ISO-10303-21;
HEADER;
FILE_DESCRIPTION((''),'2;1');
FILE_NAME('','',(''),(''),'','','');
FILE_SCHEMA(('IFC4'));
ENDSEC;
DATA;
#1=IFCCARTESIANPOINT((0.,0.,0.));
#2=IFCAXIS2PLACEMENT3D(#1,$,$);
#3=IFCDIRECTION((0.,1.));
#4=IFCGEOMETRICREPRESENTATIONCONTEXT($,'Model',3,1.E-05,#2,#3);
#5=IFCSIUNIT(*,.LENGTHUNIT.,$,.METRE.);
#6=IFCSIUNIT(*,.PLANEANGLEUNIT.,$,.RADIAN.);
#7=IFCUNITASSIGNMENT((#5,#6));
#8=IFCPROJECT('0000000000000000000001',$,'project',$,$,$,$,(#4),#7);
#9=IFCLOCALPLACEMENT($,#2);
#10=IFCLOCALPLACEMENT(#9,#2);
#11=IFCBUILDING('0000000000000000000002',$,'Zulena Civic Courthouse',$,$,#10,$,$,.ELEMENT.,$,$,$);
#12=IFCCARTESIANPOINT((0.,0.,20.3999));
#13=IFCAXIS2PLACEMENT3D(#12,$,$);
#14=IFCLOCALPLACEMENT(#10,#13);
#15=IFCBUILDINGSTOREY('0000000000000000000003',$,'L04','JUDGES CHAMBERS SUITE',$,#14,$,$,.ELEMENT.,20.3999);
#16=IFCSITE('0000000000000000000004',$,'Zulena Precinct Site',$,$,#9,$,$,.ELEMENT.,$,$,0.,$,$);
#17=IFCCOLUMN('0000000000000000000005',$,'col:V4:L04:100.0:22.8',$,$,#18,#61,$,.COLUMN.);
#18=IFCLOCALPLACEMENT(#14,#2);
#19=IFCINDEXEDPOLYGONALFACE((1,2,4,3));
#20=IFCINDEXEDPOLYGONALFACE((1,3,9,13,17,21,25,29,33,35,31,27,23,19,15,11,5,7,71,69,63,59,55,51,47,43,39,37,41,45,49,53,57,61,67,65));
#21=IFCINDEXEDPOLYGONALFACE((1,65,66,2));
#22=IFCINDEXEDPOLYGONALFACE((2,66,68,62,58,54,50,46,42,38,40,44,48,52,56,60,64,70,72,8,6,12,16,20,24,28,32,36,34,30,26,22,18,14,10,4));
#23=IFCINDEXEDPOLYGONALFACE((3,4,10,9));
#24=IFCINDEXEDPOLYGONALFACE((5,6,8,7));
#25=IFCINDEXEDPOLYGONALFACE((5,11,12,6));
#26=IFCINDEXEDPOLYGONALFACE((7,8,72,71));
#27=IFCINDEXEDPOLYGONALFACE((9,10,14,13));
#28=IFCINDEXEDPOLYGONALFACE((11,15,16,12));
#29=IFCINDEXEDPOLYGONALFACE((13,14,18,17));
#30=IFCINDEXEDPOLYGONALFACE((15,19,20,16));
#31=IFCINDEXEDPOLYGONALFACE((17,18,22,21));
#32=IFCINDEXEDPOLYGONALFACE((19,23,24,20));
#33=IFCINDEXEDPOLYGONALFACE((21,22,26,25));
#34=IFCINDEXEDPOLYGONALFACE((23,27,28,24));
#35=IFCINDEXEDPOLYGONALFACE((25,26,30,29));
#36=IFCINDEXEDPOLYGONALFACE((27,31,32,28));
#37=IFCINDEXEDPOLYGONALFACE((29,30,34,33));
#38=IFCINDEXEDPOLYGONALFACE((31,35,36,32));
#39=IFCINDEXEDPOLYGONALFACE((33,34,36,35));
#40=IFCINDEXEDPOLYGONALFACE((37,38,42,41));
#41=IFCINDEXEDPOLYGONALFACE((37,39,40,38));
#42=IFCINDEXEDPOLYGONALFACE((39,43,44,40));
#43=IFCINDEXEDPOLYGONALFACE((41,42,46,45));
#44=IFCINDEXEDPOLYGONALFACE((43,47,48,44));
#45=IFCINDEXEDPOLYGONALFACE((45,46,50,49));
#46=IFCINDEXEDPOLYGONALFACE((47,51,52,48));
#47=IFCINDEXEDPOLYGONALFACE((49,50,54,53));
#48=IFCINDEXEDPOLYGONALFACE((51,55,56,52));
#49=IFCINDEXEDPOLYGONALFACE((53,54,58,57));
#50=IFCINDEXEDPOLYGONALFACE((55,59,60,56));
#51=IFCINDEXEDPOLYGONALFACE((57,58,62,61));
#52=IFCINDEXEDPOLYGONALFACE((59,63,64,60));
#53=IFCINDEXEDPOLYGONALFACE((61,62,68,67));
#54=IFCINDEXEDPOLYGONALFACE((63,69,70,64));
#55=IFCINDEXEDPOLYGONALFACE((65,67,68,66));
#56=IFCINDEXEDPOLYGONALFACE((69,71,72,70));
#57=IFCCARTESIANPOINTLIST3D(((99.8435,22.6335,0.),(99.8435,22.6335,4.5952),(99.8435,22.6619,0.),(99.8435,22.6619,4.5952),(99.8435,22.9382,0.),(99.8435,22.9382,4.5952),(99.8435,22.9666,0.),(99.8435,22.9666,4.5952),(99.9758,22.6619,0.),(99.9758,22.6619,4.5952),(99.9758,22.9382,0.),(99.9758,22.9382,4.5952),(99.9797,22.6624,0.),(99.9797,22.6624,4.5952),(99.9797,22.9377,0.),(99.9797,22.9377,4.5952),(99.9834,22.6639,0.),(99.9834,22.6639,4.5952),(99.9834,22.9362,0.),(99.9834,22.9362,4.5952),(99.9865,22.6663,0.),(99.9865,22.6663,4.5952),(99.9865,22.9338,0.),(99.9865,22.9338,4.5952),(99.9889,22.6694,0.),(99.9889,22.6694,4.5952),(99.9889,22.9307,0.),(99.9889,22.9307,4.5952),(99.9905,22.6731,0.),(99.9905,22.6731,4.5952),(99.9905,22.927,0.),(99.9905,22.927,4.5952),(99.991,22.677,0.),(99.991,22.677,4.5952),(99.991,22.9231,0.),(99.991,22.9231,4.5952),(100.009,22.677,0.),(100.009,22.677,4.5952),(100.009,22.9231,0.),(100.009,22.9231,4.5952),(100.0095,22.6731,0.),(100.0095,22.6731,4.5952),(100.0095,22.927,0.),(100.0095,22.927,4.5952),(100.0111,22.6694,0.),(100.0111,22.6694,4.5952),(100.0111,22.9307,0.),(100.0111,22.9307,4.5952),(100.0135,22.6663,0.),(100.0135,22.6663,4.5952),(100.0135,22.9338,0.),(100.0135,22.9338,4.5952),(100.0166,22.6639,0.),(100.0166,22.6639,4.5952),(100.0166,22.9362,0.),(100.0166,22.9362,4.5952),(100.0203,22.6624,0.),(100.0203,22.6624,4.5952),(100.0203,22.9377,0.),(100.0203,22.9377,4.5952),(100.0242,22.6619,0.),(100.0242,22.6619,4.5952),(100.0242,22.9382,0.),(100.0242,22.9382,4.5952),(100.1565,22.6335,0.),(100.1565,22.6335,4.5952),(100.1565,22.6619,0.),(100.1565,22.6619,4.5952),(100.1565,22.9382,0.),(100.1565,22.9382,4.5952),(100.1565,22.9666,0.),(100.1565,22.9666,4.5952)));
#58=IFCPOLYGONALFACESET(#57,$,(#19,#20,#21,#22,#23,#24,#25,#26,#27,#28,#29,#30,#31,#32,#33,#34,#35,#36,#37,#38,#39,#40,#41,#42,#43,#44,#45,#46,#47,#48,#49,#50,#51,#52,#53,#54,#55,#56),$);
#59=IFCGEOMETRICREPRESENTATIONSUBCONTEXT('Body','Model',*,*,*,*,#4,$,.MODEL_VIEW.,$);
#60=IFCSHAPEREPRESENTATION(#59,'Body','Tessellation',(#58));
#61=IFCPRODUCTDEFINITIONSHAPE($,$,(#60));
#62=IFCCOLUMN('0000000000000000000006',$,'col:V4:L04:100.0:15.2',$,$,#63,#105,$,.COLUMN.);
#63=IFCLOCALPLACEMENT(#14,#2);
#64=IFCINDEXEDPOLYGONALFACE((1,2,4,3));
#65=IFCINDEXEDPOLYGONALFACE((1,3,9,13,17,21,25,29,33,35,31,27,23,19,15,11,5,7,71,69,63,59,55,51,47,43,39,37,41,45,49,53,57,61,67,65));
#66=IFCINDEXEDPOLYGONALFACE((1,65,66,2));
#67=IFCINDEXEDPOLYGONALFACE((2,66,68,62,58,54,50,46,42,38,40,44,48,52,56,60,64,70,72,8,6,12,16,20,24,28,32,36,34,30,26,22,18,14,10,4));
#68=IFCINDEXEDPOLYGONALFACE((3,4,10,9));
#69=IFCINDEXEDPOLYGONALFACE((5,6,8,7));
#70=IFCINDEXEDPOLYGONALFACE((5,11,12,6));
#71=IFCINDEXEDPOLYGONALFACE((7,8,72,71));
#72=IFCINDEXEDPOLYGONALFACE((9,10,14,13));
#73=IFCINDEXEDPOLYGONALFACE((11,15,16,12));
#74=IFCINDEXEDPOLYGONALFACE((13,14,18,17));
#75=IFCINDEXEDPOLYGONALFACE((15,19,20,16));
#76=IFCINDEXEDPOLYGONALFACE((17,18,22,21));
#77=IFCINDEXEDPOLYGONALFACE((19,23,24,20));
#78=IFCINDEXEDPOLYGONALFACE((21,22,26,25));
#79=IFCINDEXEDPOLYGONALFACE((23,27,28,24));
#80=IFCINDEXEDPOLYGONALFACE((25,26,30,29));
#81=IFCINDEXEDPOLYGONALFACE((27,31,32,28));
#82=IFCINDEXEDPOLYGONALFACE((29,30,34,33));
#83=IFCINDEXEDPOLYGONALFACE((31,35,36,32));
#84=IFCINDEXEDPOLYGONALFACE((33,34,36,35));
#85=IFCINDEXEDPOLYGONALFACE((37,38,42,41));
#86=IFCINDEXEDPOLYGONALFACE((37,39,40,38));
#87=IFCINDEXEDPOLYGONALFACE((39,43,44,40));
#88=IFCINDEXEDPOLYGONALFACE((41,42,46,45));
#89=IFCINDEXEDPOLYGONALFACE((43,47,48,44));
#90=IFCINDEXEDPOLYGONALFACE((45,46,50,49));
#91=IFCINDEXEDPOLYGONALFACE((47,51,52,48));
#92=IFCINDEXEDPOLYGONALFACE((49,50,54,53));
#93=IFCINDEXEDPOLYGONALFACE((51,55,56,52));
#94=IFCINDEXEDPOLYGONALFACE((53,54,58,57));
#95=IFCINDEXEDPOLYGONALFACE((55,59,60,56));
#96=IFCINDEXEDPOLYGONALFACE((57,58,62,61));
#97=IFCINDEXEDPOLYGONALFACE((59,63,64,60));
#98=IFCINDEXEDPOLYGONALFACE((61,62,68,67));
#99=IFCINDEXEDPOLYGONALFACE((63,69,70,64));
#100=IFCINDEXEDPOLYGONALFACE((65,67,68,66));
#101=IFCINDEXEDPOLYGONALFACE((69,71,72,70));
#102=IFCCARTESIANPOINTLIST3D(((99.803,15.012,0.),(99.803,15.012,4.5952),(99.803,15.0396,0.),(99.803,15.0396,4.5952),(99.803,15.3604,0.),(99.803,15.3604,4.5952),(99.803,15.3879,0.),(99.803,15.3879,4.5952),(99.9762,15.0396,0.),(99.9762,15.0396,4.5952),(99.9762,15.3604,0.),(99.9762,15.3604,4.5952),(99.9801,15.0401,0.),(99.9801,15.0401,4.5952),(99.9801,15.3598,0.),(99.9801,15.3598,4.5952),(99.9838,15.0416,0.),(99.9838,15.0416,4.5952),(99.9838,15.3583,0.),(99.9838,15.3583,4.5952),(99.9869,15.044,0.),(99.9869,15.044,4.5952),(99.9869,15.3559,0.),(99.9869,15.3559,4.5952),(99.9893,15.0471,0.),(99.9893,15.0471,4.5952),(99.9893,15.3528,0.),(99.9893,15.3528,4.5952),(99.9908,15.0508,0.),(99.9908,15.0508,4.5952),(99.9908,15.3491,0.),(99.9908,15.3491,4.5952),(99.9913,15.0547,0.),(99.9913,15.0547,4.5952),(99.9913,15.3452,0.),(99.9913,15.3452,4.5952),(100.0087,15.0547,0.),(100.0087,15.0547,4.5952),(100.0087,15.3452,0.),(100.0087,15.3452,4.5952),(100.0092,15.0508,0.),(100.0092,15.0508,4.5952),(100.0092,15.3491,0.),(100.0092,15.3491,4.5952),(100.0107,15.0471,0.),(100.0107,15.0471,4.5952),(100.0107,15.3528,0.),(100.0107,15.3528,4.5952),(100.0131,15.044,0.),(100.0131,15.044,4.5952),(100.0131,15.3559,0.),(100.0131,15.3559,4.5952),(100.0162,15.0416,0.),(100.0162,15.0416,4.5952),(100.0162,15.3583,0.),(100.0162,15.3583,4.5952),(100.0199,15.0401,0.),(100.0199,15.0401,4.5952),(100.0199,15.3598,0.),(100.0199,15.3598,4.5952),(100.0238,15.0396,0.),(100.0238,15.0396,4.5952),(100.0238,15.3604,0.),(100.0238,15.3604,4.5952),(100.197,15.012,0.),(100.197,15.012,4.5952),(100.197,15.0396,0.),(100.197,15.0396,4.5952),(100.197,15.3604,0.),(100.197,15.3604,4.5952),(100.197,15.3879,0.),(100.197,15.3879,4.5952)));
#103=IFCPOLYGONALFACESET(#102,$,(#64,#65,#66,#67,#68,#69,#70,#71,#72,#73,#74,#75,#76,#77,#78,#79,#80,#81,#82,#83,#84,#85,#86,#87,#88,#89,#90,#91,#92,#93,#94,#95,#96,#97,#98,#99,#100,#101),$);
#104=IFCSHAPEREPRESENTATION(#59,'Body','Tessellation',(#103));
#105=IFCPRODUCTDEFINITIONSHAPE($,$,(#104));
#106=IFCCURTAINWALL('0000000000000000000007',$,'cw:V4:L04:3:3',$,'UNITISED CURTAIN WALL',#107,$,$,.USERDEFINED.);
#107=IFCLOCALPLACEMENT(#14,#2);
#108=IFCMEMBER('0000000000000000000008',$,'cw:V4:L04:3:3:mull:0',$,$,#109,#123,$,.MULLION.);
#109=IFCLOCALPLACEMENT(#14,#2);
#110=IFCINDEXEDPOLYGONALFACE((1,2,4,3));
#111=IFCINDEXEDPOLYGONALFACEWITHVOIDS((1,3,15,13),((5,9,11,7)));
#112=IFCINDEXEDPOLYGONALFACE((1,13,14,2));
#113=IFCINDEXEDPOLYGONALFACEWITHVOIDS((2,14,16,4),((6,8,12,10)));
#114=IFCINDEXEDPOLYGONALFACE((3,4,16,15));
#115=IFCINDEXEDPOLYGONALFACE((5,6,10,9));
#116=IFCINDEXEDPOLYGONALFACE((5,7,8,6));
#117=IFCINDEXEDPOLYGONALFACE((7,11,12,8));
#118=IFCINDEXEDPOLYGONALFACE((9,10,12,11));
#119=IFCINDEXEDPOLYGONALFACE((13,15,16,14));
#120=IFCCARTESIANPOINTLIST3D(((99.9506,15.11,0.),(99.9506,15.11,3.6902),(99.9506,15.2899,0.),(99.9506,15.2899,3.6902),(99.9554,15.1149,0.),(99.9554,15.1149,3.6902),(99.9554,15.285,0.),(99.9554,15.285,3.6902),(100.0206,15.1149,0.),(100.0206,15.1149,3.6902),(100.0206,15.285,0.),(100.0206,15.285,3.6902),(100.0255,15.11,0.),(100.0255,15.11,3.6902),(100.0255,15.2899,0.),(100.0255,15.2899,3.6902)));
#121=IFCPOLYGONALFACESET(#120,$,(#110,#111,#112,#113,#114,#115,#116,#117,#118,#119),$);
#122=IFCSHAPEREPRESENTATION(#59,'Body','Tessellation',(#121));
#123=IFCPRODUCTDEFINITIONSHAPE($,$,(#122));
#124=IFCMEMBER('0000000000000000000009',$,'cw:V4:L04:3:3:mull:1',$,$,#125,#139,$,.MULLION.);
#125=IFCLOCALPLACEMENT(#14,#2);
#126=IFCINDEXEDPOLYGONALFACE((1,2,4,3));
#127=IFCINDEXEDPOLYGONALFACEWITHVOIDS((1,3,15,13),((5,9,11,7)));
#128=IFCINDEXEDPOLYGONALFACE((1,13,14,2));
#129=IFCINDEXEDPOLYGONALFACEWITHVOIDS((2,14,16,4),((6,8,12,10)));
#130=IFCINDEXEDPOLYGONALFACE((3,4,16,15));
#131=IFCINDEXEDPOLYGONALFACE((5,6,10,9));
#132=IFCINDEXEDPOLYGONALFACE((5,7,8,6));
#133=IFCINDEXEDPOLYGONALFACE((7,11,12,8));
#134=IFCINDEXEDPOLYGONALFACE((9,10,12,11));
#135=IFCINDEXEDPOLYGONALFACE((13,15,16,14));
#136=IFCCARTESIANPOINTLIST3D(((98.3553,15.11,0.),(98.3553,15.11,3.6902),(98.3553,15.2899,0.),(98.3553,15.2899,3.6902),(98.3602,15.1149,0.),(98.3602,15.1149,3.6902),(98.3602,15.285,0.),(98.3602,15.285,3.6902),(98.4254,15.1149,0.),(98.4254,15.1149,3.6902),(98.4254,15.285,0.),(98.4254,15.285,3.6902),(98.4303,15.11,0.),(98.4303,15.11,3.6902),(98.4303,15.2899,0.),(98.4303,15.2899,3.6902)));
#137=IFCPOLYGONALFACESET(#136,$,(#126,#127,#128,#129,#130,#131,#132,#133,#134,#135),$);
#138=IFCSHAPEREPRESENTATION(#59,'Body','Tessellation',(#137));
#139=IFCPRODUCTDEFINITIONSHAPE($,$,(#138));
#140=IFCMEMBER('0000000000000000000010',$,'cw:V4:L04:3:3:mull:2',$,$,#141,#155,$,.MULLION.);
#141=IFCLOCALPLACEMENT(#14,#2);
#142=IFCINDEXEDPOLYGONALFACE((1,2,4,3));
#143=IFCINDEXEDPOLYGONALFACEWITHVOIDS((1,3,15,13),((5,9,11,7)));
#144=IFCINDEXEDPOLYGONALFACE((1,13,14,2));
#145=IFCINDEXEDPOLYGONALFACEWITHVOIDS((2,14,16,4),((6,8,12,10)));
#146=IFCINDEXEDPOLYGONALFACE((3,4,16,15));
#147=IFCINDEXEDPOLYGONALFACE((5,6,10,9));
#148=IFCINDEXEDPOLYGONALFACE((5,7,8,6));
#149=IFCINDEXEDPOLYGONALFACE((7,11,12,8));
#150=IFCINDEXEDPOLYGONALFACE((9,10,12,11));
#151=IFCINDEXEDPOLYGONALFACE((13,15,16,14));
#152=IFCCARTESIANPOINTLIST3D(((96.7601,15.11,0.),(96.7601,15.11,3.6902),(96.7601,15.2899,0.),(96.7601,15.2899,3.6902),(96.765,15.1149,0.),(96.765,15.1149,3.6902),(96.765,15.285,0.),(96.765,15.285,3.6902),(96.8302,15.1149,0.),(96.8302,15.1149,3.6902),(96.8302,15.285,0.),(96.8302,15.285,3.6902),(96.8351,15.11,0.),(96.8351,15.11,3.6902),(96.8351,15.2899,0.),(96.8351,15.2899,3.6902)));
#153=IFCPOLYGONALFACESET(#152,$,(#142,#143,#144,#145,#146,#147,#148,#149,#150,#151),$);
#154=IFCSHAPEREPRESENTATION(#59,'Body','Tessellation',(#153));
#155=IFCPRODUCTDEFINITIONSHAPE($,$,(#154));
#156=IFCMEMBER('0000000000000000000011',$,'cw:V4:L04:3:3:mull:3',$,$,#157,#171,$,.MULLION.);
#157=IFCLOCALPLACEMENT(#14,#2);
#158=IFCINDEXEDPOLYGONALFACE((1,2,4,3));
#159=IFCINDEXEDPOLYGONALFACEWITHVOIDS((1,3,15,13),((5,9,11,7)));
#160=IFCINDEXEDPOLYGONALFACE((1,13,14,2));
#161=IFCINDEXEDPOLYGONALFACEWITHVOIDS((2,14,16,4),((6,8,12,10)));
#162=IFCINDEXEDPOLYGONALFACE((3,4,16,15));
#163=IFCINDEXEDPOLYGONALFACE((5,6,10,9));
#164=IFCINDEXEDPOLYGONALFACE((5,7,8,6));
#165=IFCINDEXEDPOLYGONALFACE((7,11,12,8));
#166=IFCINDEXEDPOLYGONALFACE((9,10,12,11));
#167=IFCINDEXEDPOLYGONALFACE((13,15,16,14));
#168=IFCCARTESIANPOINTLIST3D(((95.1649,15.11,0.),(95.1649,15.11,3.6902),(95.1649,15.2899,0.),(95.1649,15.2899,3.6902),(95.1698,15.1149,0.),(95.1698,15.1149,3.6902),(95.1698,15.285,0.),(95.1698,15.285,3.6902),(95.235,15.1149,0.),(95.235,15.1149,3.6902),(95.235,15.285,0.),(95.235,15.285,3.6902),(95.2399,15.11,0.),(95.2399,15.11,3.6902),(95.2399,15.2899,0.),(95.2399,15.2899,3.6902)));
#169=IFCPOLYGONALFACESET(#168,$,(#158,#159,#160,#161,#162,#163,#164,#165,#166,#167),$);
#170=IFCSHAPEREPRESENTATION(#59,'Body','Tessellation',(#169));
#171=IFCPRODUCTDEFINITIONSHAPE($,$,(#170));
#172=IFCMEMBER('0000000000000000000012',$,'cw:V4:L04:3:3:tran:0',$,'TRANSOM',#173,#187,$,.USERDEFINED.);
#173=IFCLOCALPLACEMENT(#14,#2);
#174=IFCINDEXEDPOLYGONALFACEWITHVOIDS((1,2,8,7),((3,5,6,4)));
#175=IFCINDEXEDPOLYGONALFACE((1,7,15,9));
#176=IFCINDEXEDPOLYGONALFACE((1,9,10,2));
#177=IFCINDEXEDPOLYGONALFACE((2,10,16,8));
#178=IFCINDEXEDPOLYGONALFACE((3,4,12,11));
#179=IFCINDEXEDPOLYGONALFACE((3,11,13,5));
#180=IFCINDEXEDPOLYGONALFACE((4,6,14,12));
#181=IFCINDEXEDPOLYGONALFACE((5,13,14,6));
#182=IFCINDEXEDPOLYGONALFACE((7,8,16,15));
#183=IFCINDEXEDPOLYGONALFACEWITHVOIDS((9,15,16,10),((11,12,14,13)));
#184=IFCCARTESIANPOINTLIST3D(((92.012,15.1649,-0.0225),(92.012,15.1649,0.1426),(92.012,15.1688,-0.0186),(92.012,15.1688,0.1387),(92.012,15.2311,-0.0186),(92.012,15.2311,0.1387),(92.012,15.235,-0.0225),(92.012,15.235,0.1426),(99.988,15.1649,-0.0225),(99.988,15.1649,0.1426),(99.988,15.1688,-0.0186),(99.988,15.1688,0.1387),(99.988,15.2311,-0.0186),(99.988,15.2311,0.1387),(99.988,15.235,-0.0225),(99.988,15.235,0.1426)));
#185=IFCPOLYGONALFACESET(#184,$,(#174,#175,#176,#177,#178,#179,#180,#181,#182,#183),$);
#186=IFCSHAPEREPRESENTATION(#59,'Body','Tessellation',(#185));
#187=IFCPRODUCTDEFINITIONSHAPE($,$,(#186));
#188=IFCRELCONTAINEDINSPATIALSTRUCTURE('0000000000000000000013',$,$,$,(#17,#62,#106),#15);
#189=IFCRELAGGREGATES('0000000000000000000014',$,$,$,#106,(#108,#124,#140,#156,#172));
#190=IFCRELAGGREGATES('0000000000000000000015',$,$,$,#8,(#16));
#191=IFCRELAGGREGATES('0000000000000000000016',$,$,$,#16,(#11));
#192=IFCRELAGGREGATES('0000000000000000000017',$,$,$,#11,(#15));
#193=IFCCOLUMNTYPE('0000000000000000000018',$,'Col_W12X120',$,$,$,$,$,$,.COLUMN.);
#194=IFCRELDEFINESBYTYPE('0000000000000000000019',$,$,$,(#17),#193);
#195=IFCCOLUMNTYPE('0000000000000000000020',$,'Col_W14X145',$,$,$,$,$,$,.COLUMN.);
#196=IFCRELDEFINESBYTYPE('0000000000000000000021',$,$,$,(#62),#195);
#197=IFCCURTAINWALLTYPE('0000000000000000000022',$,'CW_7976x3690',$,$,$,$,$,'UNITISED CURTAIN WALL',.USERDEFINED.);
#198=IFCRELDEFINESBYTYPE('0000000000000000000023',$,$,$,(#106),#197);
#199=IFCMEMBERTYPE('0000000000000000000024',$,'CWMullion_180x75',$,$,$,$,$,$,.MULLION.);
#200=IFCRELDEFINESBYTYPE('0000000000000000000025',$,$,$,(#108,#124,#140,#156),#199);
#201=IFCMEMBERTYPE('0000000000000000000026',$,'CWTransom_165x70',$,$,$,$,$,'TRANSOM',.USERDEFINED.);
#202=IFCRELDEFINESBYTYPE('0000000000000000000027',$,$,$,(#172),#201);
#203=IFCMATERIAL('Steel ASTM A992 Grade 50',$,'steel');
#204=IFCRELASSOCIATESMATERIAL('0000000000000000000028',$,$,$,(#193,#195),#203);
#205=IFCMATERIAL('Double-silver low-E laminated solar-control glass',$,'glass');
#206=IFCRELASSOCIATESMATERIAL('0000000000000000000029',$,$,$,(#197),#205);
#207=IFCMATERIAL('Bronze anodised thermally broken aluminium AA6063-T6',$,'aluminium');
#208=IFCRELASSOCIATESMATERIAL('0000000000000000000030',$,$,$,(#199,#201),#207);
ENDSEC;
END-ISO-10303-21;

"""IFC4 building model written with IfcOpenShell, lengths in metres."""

from ifc_helpers import new_model, si_unit, direction, frame, origin, origin_2d, place, context, subcontext, project, spatial, hollow_rectangle, i_section, extrude, material, material_profile, profile_set, type_object, element, aggregate, save


model = new_model("IFC4")

# Units and contexts
model_context = context("Model", 3, precision=1e-05, world=origin(), true_north=direction((0.0, 1.0)))
body_context = subcontext(model_context, "Body", "Model", "MODEL_VIEW")
ifc_project = project(units=[si_unit("LENGTHUNIT", "METRE"), si_unit("PLANEANGLEUNIT", "RADIAN")], contexts=[model_context])

# Site, building, storey
site_placement = place(None, origin())
site = spatial("IfcSite", under=ifc_project, at=site_placement, Name="Zulena Precinct Site", CompositionType="ELEMENT", RefElevation=0.0)
building_placement = place(site_placement, origin())
building = spatial("IfcBuilding", under=site, at=building_placement, Name="Zulena Civic Courthouse", CompositionType="ELEMENT")
storey_placement = place(building_placement, frame((0.0, 0.0, 20.3999)))
storey = spatial("IfcBuildingStorey", under=building, at=storey_placement, Name="L04", Description="JUDGES CHAMBERS SUITE", CompositionType="ELEMENT", Elevation=20.3999)

# Columns
ifc_material_1 = material(Name="Steel ASTM A992 Grade 50", Category="steel")
ifc_material_profile_1 = material_profile(ifc_material_1, i_section(OverallWidth=0.313, OverallDepth=0.333, WebThickness=0.0181, FlangeThickness=0.0283, FilletRadius=0.0151, at=origin_2d()), Name="W12X120")
ifc_profile_set_1 = profile_set([ifc_material_profile_1], Name="Steel ASTM A992 Grade 50")
column_type_1 = type_object("IfcColumnType", Name="Col_W12X120", PredefinedType="COLUMN", material=ifc_profile_set_1)
column_1_placement = place(storey_placement, frame((100.0, 22.8, 0.0), z_axis=(0.0, 0.0, 1.0), x_axis=(1.0, 0.0, 0.0)))
element("IfcColumn", 1, at=column_1_placement, inside=storey, type_object=column_type_1, Name="col:V4:L04:100.0:22.8", PredefinedType="COLUMN", context=body_context, shape_type="SweptSolid", body=[
    extrude(i_section(OverallWidth=0.313, OverallDepth=0.333, WebThickness=0.0181, FlangeThickness=0.0283, FilletRadius=0.0151, at=origin_2d()), origin(), (0.0, 0.0, 1.0), 4.5952),
])
ifc_material_profile_2 = material_profile(ifc_material_1, i_section(OverallWidth=0.394, OverallDepth=0.376, WebThickness=0.0173, FlangeThickness=0.0276, FilletRadius=0.0151, at=origin_2d()), Name="W14X145")
ifc_profile_set_2 = profile_set([ifc_material_profile_2], Name="Steel ASTM A992 Grade 50")
column_type_2 = type_object("IfcColumnType", Name="Col_W14X145", PredefinedType="COLUMN", material=ifc_profile_set_2)
column_2_placement = place(storey_placement, frame((100.0, 15.2, 0.0), z_axis=(0.0, 0.0, 1.0), x_axis=(1.0, 0.0, 0.0)))
element("IfcColumn", 2, at=column_2_placement, inside=storey, type_object=column_type_2, Name="col:V4:L04:100.0:15.2", PredefinedType="COLUMN", context=body_context, shape_type="SweptSolid", body=[
    extrude(i_section(OverallWidth=0.394, OverallDepth=0.376, WebThickness=0.0173, FlangeThickness=0.0276, FilletRadius=0.0151, at=origin_2d()), origin(), (0.0, 0.0, 1.0), 4.5952),
])

# Curtain wall, members
ifc_material_2 = material(Name="Double-silver low-E laminated solar-control glass", Category="glass")
curtain_wall_type = type_object("IfcCurtainWallType", Name="CW_7976x3690", ElementType="UNITISED CURTAIN WALL", PredefinedType="USERDEFINED", material=ifc_material_2)
curtain_wall_placement = place(storey_placement, origin())
curtain_wall = element("IfcCurtainWall", 3, at=curtain_wall_placement, inside=storey, type_object=curtain_wall_type, Name="cw:V4:L04:3:3", ObjectType="UNITISED CURTAIN WALL", PredefinedType="USERDEFINED")
ifc_material_3 = material(Name="Bronze anodised thermally broken aluminium AA6063-T6", Category="aluminium")
ifc_material_profile_3 = material_profile(ifc_material_3, hollow_rectangle(XDim=0.075, YDim=0.1799, WallThickness=0.0049, at=origin_2d()), Name="CWM180X75X5")
ifc_profile_set_3 = profile_set([ifc_material_profile_3], Name="Bronze anodised thermally broken aluminium AA6063-T6")
member_type_1 = type_object("IfcMemberType", Name="CWMullion_180x75", PredefinedType="MULLION", material=ifc_profile_set_3)
member_1_placement = place(storey_placement, frame((99.988, 15.2, 0.0), z_axis=(0.0, 0.0, 1.0), x_axis=(1.0, 0.0, 0.0)))
member_1 = element("IfcMember", 4, at=member_1_placement, type_object=member_type_1, Name="cw:V4:L04:3:3:mull:0", PredefinedType="MULLION", context=body_context, shape_type="SweptSolid", body=[
    extrude(hollow_rectangle(XDim=0.075, YDim=0.1799, WallThickness=0.0049, at=origin_2d()), origin(), (0.0, 0.0, 1.0), 3.6902),
])
member_2_placement = place(storey_placement, frame((98.3928, 15.2, 0.0), z_axis=(0.0, 0.0, 1.0), x_axis=(1.0, 0.0, 0.0)))
member_2 = element("IfcMember", 5, at=member_2_placement, type_object=member_type_1, Name="cw:V4:L04:3:3:mull:1", PredefinedType="MULLION", context=body_context, shape_type="SweptSolid", body=[
    extrude(hollow_rectangle(XDim=0.075, YDim=0.1799, WallThickness=0.0049, at=origin_2d()), origin(), (0.0, 0.0, 1.0), 3.6902),
])
member_3_placement = place(storey_placement, frame((96.7976, 15.2, 0.0), z_axis=(0.0, 0.0, 1.0), x_axis=(1.0, 0.0, 0.0)))
member_3 = element("IfcMember", 6, at=member_3_placement, type_object=member_type_1, Name="cw:V4:L04:3:3:mull:2", PredefinedType="MULLION", context=body_context, shape_type="SweptSolid", body=[
    extrude(hollow_rectangle(XDim=0.075, YDim=0.1799, WallThickness=0.0049, at=origin_2d()), origin(), (0.0, 0.0, 1.0), 3.6902),
])
member_4_placement = place(storey_placement, frame((95.2024, 15.2, 0.0), z_axis=(0.0, 0.0, 1.0), x_axis=(1.0, 0.0, 0.0)))
member_4 = element("IfcMember", 7, at=member_4_placement, type_object=member_type_1, Name="cw:V4:L04:3:3:mull:3", PredefinedType="MULLION", context=body_context, shape_type="SweptSolid", body=[
    extrude(hollow_rectangle(XDim=0.075, YDim=0.1799, WallThickness=0.0049, at=origin_2d()), origin(), (0.0, 0.0, 1.0), 3.6902),
])
ifc_material_profile_4 = material_profile(ifc_material_3, hollow_rectangle(XDim=0.0701, YDim=0.165, WallThickness=0.0039, at=origin_2d()), Name="CWT165X70X4")
ifc_profile_set_4 = profile_set([ifc_material_profile_4], Name="Bronze anodised thermally broken aluminium AA6063-T6")
member_type_2 = type_object("IfcMemberType", Name="CWTransom_165x70", ElementType="TRANSOM", PredefinedType="USERDEFINED", material=ifc_profile_set_4)
member_5_placement = place(storey_placement, frame((99.988, 15.2, 0.0601), z_axis=(-1.0, 0.0, 0.0), x_axis=(0.0, -1.0, 0.0)))
member_5 = element("IfcMember", 8, at=member_5_placement, type_object=member_type_2, Name="cw:V4:L04:3:3:tran:0", ObjectType="TRANSOM", PredefinedType="USERDEFINED", context=body_context, shape_type="SweptSolid", body=[
    extrude(hollow_rectangle(XDim=0.0701, YDim=0.165, WallThickness=0.0039, at=origin_2d()), origin(), (0.0, 0.0, 1.0), 7.9761),
])

aggregate(curtain_wall, [member_1, member_2, member_3, member_4, member_5])

save(model, "model.ifc")
